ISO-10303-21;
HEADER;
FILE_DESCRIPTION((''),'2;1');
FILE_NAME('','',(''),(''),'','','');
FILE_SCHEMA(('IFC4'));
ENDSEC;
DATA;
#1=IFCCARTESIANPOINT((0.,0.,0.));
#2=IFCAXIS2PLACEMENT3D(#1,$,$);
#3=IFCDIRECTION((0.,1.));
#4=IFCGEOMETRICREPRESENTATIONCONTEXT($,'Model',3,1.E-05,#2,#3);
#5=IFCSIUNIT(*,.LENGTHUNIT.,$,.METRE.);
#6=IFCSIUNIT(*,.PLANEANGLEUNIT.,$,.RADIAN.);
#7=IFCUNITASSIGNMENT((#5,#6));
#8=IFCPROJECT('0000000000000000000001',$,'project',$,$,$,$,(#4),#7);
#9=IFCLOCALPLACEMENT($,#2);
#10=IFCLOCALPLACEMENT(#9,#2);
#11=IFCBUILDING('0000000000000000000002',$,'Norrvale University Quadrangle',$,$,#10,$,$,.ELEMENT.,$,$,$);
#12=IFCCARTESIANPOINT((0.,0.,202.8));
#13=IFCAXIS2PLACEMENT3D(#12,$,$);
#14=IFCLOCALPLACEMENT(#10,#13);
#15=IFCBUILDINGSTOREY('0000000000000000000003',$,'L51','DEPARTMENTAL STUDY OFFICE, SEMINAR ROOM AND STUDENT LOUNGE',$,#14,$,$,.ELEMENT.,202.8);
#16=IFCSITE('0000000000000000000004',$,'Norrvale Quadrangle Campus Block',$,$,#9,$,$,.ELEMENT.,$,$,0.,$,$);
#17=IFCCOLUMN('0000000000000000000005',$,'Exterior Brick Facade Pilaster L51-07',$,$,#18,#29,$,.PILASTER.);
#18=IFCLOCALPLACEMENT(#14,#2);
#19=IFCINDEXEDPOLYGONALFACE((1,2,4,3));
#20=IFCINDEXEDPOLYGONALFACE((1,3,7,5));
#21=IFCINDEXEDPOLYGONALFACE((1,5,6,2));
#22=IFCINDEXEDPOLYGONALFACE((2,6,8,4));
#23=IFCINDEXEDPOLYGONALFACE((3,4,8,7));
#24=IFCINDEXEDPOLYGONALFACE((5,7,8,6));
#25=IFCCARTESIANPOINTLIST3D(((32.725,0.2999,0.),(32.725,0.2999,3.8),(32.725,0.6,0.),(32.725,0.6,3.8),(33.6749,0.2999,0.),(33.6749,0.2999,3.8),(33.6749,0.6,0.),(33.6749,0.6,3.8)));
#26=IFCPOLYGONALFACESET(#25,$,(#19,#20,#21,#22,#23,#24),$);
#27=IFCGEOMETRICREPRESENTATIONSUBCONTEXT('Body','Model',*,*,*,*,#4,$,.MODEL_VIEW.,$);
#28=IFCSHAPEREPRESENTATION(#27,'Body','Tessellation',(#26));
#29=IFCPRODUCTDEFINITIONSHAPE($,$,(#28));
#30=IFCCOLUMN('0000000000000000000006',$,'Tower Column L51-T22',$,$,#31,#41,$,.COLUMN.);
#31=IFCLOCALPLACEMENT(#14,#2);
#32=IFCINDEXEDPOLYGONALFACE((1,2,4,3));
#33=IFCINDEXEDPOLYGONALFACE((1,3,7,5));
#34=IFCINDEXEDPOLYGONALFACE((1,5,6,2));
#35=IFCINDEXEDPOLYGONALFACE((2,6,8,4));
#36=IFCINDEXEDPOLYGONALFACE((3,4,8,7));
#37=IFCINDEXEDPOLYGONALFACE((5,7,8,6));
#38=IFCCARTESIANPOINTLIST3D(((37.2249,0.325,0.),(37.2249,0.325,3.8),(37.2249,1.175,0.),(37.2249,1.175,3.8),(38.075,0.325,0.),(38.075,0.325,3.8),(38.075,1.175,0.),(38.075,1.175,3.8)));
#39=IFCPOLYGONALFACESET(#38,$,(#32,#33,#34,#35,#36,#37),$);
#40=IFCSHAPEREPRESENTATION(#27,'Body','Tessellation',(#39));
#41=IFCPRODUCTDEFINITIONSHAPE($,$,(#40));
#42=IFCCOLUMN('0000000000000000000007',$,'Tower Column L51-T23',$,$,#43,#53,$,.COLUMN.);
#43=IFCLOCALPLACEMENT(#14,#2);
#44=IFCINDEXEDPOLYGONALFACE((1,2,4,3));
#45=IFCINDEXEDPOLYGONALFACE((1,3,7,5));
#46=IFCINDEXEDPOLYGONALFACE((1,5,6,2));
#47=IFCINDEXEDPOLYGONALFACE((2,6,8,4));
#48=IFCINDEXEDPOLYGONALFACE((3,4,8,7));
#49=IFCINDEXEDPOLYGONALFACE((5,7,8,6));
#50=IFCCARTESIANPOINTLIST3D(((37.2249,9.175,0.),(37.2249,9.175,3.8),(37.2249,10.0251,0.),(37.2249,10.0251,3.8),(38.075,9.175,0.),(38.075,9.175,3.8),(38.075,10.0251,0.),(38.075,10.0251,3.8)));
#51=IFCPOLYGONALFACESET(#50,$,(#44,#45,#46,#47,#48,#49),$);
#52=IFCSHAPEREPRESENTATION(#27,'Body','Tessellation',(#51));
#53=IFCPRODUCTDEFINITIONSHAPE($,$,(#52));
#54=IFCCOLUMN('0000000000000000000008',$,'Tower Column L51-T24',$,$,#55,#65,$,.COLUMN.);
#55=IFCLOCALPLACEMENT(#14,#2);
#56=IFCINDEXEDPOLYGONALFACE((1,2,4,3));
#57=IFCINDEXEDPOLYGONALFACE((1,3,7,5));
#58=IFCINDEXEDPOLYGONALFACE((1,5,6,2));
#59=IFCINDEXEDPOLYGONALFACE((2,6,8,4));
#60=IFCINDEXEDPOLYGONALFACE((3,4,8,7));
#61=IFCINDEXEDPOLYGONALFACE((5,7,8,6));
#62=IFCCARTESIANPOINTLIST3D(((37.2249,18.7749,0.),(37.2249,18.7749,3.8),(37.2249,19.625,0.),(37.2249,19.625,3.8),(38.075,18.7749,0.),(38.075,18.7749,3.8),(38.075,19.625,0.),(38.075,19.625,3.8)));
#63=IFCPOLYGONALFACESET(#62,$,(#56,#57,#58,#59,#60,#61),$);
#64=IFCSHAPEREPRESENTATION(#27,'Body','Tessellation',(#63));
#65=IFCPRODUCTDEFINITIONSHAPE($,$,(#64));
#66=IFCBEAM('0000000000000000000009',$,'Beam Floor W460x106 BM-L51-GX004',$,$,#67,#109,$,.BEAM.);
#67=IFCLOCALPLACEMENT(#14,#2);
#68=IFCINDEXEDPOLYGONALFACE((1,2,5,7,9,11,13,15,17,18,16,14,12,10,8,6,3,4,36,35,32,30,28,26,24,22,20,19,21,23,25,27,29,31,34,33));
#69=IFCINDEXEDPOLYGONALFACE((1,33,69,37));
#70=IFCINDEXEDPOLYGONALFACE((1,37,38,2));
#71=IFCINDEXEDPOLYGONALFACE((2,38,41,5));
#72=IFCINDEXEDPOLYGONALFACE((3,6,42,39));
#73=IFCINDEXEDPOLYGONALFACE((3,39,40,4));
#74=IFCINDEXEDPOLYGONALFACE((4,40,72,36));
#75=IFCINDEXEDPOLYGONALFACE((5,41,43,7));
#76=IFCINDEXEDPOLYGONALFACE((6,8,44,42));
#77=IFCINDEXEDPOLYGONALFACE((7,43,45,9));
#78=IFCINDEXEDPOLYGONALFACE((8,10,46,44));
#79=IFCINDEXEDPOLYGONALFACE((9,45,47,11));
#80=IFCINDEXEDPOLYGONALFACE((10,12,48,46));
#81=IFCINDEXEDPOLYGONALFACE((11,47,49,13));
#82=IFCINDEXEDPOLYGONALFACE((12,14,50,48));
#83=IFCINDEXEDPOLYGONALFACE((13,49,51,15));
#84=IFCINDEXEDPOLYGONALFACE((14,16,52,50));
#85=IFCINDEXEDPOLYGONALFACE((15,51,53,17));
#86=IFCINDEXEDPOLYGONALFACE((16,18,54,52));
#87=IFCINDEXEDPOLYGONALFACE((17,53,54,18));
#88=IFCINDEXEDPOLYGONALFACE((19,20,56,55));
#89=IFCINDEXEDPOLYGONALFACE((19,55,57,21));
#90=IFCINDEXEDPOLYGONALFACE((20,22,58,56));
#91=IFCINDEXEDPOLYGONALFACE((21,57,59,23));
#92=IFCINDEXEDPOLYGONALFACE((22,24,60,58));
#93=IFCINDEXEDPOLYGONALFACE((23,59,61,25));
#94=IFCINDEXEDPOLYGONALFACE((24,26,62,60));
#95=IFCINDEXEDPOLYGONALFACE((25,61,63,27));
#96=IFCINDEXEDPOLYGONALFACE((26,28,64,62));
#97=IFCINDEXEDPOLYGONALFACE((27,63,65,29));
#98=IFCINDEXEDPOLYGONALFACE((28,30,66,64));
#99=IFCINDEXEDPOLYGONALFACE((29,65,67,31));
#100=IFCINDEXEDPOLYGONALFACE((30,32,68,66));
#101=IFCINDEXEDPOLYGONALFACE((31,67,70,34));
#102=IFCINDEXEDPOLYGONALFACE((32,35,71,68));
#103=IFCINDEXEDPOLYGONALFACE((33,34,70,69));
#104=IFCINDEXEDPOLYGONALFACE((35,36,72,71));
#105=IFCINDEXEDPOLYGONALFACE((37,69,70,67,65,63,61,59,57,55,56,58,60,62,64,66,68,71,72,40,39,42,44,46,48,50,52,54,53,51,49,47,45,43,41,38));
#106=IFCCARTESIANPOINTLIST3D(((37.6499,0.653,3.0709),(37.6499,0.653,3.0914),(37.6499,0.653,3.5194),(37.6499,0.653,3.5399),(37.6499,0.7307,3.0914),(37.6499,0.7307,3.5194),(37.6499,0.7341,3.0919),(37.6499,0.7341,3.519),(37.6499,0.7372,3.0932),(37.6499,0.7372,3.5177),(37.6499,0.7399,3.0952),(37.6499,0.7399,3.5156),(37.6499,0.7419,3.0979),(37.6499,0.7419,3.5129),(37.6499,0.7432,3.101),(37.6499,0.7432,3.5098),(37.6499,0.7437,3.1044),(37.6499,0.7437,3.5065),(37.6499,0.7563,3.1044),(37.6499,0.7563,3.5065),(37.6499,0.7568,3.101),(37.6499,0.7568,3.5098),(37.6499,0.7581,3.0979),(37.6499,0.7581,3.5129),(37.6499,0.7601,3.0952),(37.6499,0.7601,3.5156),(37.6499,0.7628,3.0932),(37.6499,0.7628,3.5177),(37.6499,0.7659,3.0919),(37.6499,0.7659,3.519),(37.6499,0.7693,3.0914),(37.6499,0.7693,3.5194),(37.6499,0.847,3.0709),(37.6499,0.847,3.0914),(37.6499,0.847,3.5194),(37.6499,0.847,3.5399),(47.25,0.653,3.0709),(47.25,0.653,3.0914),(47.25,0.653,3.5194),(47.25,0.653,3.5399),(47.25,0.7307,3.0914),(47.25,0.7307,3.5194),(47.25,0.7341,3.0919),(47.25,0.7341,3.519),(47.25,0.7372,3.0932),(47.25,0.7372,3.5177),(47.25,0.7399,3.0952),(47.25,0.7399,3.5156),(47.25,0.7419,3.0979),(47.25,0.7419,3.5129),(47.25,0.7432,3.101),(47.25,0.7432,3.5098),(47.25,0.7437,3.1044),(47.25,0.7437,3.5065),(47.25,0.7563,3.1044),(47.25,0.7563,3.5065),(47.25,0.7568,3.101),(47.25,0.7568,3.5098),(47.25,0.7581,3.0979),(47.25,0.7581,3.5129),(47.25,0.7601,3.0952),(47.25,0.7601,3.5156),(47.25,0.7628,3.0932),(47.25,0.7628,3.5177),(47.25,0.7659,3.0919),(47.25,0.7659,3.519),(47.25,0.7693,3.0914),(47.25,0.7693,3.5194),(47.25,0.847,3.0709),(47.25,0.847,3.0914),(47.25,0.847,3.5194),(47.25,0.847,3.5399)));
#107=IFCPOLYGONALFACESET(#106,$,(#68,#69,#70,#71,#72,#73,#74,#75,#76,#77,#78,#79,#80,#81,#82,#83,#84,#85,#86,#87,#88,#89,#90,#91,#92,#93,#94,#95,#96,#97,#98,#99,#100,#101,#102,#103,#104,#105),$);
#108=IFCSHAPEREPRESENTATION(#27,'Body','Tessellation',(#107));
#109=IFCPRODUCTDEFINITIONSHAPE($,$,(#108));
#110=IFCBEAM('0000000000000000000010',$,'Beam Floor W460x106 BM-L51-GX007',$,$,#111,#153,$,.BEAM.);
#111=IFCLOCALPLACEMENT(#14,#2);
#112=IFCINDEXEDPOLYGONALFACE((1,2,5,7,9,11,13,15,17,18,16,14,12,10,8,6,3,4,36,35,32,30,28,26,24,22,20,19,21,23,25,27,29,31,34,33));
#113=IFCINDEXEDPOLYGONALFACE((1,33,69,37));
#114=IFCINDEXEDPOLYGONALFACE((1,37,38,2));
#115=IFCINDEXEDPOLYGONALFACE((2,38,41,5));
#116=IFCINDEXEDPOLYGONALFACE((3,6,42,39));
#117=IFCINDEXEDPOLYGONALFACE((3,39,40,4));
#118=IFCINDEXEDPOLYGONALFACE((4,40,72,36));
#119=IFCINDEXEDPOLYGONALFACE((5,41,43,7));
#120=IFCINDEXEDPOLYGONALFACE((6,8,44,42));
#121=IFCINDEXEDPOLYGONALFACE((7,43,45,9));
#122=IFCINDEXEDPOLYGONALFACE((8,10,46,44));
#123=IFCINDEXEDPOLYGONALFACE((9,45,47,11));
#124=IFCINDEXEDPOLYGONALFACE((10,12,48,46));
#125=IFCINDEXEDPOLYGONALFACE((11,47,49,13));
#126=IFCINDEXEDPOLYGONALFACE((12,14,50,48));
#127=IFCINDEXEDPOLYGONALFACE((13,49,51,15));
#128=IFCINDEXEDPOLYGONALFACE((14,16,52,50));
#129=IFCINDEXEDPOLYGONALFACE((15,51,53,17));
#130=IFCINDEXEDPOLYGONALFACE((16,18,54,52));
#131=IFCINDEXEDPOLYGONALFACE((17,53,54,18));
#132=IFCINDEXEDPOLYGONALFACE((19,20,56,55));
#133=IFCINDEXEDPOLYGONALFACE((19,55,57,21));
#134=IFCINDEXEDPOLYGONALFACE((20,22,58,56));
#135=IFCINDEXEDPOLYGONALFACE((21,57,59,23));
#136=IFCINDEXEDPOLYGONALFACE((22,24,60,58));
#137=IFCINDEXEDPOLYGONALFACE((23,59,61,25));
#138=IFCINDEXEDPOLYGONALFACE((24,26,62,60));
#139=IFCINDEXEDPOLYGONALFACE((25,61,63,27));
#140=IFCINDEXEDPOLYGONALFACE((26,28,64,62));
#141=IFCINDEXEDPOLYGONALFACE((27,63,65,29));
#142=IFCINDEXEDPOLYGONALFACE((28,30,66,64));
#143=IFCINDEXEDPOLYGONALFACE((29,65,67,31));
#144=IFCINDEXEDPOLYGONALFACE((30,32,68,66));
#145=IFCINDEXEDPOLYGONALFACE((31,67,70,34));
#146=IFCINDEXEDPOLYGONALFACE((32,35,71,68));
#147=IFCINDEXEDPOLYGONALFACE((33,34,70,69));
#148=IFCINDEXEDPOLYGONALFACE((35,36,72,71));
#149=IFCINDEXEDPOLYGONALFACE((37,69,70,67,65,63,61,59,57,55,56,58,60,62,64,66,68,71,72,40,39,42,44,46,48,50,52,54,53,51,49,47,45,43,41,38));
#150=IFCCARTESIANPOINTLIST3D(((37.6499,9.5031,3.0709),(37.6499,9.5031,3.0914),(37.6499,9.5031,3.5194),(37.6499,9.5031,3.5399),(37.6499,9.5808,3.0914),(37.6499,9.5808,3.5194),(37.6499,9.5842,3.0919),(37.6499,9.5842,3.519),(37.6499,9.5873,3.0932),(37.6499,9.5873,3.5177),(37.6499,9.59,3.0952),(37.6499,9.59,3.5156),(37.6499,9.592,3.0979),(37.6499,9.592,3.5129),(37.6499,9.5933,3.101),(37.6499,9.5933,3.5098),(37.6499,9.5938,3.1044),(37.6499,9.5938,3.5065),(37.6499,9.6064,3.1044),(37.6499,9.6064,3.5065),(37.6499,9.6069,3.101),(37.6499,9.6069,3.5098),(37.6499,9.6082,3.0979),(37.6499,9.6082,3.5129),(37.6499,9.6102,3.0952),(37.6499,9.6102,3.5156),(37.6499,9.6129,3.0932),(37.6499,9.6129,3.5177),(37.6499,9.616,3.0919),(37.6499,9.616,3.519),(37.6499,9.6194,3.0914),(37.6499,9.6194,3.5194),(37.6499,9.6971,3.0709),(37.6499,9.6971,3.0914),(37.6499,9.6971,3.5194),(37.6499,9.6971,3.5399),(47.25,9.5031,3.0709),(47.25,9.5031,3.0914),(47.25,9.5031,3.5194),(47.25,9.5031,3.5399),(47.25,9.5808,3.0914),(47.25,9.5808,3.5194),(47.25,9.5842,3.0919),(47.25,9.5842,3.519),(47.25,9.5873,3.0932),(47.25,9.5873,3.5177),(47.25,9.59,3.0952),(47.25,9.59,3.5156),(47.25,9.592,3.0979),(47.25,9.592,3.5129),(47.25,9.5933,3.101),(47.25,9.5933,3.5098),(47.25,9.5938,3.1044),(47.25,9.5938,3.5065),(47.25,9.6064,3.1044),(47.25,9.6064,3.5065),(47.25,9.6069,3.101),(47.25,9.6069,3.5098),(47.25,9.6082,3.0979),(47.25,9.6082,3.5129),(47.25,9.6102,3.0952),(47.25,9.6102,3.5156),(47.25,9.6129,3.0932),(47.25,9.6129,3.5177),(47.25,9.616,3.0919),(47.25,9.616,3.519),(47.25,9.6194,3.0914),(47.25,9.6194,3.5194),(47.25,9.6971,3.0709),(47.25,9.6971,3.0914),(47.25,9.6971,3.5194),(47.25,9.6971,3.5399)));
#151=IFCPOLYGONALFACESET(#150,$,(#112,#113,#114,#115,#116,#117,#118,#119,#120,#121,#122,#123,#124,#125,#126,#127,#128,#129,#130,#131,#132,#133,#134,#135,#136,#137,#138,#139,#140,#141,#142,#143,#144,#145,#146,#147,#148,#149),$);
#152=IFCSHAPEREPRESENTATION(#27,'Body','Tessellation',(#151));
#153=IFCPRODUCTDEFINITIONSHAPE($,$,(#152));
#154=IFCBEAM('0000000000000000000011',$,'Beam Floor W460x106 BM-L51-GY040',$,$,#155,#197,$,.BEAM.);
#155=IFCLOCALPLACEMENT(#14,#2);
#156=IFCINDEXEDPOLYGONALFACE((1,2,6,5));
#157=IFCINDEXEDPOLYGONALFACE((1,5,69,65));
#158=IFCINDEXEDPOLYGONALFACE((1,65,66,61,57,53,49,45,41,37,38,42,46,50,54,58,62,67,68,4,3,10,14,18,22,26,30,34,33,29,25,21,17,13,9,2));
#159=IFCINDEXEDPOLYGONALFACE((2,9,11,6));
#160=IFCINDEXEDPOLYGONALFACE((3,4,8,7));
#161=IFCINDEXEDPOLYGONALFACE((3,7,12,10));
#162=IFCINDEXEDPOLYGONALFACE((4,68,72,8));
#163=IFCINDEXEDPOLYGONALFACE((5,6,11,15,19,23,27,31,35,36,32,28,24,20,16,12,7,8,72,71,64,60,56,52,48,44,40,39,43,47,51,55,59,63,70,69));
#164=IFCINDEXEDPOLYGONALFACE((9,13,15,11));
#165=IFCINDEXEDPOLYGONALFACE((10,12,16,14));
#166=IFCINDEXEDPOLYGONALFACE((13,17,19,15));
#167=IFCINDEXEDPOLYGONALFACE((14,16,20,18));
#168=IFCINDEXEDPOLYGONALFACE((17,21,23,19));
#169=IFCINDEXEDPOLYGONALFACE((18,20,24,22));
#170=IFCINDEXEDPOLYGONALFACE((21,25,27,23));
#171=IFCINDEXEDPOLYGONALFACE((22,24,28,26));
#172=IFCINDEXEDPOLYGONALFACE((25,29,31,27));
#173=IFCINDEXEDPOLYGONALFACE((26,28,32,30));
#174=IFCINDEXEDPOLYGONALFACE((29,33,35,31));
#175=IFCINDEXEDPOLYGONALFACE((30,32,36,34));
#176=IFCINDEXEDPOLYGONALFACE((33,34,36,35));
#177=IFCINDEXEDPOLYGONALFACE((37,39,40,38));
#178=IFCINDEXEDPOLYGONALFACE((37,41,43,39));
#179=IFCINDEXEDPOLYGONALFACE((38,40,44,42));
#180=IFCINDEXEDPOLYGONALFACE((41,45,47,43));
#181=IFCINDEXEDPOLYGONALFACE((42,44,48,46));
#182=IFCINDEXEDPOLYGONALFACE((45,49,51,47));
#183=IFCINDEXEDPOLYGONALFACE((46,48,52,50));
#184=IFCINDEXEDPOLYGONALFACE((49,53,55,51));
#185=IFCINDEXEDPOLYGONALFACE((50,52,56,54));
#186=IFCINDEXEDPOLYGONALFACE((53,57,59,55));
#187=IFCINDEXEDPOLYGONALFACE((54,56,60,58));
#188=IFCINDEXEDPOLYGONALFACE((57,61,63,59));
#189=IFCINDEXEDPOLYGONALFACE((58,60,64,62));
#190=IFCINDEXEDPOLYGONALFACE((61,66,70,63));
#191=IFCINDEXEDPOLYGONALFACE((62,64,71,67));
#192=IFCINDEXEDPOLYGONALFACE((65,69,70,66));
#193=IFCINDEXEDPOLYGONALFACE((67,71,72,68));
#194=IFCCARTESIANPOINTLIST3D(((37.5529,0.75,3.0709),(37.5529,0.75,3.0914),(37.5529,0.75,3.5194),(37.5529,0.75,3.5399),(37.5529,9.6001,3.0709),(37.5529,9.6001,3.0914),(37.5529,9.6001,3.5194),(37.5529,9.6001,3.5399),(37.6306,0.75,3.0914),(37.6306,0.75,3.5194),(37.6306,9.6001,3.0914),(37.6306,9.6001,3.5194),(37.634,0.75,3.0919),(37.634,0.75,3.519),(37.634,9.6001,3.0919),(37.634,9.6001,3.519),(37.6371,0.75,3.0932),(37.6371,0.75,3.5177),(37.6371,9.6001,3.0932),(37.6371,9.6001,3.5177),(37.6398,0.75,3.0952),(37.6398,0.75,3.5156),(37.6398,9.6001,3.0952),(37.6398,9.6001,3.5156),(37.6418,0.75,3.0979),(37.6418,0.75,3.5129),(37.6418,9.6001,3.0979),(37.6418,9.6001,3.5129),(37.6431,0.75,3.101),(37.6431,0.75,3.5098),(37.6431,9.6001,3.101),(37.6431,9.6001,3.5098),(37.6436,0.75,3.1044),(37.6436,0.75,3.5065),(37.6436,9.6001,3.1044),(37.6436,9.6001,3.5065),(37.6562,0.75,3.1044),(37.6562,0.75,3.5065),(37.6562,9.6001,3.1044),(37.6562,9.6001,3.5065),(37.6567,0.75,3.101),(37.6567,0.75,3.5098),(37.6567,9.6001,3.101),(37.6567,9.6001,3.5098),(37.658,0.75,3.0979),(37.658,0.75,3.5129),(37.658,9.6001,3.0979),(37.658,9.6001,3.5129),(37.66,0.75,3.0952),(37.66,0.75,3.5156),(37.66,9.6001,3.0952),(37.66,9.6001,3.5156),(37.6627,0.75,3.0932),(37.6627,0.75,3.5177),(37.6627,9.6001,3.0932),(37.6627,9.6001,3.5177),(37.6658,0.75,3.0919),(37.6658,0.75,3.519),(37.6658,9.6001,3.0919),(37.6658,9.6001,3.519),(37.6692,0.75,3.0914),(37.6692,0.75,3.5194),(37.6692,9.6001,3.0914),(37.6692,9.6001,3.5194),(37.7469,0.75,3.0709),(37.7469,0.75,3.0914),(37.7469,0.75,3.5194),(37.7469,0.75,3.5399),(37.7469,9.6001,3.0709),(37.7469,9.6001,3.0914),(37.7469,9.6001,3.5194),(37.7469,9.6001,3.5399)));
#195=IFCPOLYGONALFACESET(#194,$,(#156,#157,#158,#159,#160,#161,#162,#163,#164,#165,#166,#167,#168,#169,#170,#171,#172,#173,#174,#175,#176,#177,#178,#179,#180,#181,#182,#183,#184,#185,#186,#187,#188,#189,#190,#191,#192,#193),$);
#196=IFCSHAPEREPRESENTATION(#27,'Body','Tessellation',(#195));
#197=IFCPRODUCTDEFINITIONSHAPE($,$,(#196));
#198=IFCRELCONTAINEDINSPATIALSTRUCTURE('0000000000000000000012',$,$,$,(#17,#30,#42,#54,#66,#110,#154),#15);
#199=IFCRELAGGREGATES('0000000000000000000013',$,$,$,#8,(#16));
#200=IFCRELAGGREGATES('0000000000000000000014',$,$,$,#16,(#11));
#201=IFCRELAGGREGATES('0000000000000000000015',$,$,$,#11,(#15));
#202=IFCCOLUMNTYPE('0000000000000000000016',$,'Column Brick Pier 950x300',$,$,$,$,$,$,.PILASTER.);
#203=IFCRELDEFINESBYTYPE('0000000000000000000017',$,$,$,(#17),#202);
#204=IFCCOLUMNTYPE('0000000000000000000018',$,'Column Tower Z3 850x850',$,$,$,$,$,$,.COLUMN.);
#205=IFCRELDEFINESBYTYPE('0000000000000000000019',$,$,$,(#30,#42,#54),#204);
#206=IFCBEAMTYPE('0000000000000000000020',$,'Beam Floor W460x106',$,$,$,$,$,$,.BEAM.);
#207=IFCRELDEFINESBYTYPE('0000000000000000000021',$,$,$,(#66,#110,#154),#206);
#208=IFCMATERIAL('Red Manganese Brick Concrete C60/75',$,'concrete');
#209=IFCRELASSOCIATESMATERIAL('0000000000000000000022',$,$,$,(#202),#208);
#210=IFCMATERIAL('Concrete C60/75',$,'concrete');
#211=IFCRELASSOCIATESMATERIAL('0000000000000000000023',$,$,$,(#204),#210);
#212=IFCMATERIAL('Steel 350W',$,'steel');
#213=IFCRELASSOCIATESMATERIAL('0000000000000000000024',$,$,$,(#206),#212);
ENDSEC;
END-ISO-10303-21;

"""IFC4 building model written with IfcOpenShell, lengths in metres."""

from ifc_helpers import new_model, si_unit, direction, frame, origin, origin_2d, place, context, subcontext, project, spatial, rectangle, i_section, extrude, material, material_profile, profile_set, type_object, element, save


model = new_model("IFC4")

# Units and contexts
model_context = context("Model", 3, precision=1e-05, world=origin(), true_north=direction((0.0, 1.0)))
body_context = subcontext(model_context, "Body", "Model", "MODEL_VIEW")
ifc_project = project(units=[si_unit("LENGTHUNIT", "METRE"), si_unit("PLANEANGLEUNIT", "RADIAN")], contexts=[model_context])

# Site, building, storey
site_placement = place(None, origin())
site = spatial("IfcSite", under=ifc_project, at=site_placement, Name="Norrvale Quadrangle Campus Block", CompositionType="ELEMENT", RefElevation=0.0)
building_placement = place(site_placement, origin())
building = spatial("IfcBuilding", under=site, at=building_placement, Name="Norrvale University Quadrangle", CompositionType="ELEMENT")
storey_placement = place(building_placement, frame((0.0, 0.0, 202.8)))
storey = spatial("IfcBuildingStorey", under=building, at=storey_placement, Name="L51", Description="DEPARTMENTAL STUDY OFFICE, SEMINAR ROOM AND STUDENT LOUNGE", CompositionType="ELEMENT", Elevation=202.8)

# Columns
ifc_material_1 = material(Name="Red Manganese Brick Concrete C60/75", Category="concrete")
ifc_material_profile_1 = material_profile(ifc_material_1, rectangle(XDim=0.95, YDim=0.3, at=origin_2d()), Name="Red Manganese Brick Concrete C60/75")
ifc_profile_set_1 = profile_set([ifc_material_profile_1], Name="Red Manganese Brick Concrete C60/75")
column_type_1 = type_object("IfcColumnType", Name="Column Brick Pier 950x300", PredefinedType="PILASTER", material=ifc_profile_set_1)
column_placement = place(storey_placement, frame((33.2, 0.45, 0.0), z_axis=(0.0, 0.0, 1.0), x_axis=(1.0, 0.0, 0.0)))
element("IfcColumn", 1, at=column_placement, inside=storey, type_object=column_type_1, Name="Exterior Brick Facade Pilaster L51-07", PredefinedType="PILASTER", context=body_context, shape_type="SweptSolid", body=[
    extrude(rectangle(XDim=0.95, YDim=0.3, at=origin_2d()), origin(), (0.0, 0.0, 1.0), 3.8),
])
ifc_material_2 = material(Name="Concrete C60/75", Category="concrete")
ifc_material_profile_2 = material_profile(ifc_material_2, rectangle(XDim=0.8501, YDim=0.8501, at=origin_2d()), Name="Concrete C60/75")
ifc_profile_set_2 = profile_set([ifc_material_profile_2], Name="Concrete C60/75")
column_type_2 = type_object("IfcColumnType", Name="Column Tower Z3 850x850", PredefinedType="COLUMN", material=ifc_profile_set_2)
for number, where, z_axis, x_axis, name in (
    (2, (37.6499, 0.75, 0.0), (0.0, 0.0, 1.0), (1.0, 0.0, 0.0), "Tower Column L51-T22"),
    (3, (37.6499, 9.6001, 0.0), (0.0, 0.0, 1.0), (1.0, 0.0, 0.0), "Tower Column L51-T23"),
    (4, (37.6499, 19.2, 0.0), (0.0, 0.0, 1.0), (1.0, 0.0, 0.0), "Tower Column L51-T24"),
):
    element("IfcColumn", number, at=place(storey_placement, frame(where, z_axis=z_axis, x_axis=x_axis)), inside=storey, type_object=column_type_2, Name=name, PredefinedType="COLUMN", context=body_context, shape_type="SweptSolid", body=[
        extrude(rectangle(XDim=0.8501, YDim=0.8501, at=origin_2d()), origin(), (0.0, 0.0, 1.0), 3.8),
    ])

# Beams
ifc_material_3 = material(Name="Steel 350W", Category="steel")
ifc_material_profile_3 = material_profile(ifc_material_3, i_section(OverallWidth=0.1941, OverallDepth=0.469, WebThickness=0.0127, FlangeThickness=0.0205, FilletRadius=0.0129, at=origin_2d()), Name="Steel 350W")
ifc_profile_set_3 = profile_set([ifc_material_profile_3], Name="Steel 350W")
beam_type_1 = type_object("IfcBeamType", Name="Beam Floor W460x106", PredefinedType="BEAM", material=ifc_profile_set_3)
for number, where, z_axis, x_axis, name in (
    (5, (37.6499, 0.75, 3.3054), (1.0, 0.0, 0.0), (0.0, 1.0, 0.0), "Beam Floor W460x106 BM-L51-GX004"),
    (6, (37.6499, 9.6001, 3.3054), (1.0, 0.0, 0.0), (0.0, 1.0, 0.0), "Beam Floor W460x106 BM-L51-GX007"),
):
    element("IfcBeam", number, at=place(storey_placement, frame(where, z_axis=z_axis, x_axis=x_axis)), inside=storey, type_object=beam_type_1, Name=name, PredefinedType="BEAM", context=body_context, shape_type="SweptSolid", body=[
        extrude(i_section(OverallWidth=0.1941, OverallDepth=0.469, WebThickness=0.0127, FlangeThickness=0.0205, FilletRadius=0.0129, at=origin_2d()), origin(), (0.0, 0.0, 1.0), 9.6001),
    ])
beam_1_placement = place(storey_placement, frame((37.6499, 0.75, 3.3054), z_axis=(0.0, 1.0, 0.0), x_axis=(-1.0, 0.0, 0.0)))
element("IfcBeam", 7, at=beam_1_placement, inside=storey, type_object=beam_type_1, Name="Beam Floor W460x106 BM-L51-GY040", PredefinedType="BEAM", context=body_context, shape_type="SweptSolid", body=[
    extrude(i_section(OverallWidth=0.1941, OverallDepth=0.469, WebThickness=0.0127, FlangeThickness=0.0205, FilletRadius=0.0129, at=origin_2d()), origin(), (0.0, 0.0, 1.0), 8.8501),
])

save(model, "model.ifc")
